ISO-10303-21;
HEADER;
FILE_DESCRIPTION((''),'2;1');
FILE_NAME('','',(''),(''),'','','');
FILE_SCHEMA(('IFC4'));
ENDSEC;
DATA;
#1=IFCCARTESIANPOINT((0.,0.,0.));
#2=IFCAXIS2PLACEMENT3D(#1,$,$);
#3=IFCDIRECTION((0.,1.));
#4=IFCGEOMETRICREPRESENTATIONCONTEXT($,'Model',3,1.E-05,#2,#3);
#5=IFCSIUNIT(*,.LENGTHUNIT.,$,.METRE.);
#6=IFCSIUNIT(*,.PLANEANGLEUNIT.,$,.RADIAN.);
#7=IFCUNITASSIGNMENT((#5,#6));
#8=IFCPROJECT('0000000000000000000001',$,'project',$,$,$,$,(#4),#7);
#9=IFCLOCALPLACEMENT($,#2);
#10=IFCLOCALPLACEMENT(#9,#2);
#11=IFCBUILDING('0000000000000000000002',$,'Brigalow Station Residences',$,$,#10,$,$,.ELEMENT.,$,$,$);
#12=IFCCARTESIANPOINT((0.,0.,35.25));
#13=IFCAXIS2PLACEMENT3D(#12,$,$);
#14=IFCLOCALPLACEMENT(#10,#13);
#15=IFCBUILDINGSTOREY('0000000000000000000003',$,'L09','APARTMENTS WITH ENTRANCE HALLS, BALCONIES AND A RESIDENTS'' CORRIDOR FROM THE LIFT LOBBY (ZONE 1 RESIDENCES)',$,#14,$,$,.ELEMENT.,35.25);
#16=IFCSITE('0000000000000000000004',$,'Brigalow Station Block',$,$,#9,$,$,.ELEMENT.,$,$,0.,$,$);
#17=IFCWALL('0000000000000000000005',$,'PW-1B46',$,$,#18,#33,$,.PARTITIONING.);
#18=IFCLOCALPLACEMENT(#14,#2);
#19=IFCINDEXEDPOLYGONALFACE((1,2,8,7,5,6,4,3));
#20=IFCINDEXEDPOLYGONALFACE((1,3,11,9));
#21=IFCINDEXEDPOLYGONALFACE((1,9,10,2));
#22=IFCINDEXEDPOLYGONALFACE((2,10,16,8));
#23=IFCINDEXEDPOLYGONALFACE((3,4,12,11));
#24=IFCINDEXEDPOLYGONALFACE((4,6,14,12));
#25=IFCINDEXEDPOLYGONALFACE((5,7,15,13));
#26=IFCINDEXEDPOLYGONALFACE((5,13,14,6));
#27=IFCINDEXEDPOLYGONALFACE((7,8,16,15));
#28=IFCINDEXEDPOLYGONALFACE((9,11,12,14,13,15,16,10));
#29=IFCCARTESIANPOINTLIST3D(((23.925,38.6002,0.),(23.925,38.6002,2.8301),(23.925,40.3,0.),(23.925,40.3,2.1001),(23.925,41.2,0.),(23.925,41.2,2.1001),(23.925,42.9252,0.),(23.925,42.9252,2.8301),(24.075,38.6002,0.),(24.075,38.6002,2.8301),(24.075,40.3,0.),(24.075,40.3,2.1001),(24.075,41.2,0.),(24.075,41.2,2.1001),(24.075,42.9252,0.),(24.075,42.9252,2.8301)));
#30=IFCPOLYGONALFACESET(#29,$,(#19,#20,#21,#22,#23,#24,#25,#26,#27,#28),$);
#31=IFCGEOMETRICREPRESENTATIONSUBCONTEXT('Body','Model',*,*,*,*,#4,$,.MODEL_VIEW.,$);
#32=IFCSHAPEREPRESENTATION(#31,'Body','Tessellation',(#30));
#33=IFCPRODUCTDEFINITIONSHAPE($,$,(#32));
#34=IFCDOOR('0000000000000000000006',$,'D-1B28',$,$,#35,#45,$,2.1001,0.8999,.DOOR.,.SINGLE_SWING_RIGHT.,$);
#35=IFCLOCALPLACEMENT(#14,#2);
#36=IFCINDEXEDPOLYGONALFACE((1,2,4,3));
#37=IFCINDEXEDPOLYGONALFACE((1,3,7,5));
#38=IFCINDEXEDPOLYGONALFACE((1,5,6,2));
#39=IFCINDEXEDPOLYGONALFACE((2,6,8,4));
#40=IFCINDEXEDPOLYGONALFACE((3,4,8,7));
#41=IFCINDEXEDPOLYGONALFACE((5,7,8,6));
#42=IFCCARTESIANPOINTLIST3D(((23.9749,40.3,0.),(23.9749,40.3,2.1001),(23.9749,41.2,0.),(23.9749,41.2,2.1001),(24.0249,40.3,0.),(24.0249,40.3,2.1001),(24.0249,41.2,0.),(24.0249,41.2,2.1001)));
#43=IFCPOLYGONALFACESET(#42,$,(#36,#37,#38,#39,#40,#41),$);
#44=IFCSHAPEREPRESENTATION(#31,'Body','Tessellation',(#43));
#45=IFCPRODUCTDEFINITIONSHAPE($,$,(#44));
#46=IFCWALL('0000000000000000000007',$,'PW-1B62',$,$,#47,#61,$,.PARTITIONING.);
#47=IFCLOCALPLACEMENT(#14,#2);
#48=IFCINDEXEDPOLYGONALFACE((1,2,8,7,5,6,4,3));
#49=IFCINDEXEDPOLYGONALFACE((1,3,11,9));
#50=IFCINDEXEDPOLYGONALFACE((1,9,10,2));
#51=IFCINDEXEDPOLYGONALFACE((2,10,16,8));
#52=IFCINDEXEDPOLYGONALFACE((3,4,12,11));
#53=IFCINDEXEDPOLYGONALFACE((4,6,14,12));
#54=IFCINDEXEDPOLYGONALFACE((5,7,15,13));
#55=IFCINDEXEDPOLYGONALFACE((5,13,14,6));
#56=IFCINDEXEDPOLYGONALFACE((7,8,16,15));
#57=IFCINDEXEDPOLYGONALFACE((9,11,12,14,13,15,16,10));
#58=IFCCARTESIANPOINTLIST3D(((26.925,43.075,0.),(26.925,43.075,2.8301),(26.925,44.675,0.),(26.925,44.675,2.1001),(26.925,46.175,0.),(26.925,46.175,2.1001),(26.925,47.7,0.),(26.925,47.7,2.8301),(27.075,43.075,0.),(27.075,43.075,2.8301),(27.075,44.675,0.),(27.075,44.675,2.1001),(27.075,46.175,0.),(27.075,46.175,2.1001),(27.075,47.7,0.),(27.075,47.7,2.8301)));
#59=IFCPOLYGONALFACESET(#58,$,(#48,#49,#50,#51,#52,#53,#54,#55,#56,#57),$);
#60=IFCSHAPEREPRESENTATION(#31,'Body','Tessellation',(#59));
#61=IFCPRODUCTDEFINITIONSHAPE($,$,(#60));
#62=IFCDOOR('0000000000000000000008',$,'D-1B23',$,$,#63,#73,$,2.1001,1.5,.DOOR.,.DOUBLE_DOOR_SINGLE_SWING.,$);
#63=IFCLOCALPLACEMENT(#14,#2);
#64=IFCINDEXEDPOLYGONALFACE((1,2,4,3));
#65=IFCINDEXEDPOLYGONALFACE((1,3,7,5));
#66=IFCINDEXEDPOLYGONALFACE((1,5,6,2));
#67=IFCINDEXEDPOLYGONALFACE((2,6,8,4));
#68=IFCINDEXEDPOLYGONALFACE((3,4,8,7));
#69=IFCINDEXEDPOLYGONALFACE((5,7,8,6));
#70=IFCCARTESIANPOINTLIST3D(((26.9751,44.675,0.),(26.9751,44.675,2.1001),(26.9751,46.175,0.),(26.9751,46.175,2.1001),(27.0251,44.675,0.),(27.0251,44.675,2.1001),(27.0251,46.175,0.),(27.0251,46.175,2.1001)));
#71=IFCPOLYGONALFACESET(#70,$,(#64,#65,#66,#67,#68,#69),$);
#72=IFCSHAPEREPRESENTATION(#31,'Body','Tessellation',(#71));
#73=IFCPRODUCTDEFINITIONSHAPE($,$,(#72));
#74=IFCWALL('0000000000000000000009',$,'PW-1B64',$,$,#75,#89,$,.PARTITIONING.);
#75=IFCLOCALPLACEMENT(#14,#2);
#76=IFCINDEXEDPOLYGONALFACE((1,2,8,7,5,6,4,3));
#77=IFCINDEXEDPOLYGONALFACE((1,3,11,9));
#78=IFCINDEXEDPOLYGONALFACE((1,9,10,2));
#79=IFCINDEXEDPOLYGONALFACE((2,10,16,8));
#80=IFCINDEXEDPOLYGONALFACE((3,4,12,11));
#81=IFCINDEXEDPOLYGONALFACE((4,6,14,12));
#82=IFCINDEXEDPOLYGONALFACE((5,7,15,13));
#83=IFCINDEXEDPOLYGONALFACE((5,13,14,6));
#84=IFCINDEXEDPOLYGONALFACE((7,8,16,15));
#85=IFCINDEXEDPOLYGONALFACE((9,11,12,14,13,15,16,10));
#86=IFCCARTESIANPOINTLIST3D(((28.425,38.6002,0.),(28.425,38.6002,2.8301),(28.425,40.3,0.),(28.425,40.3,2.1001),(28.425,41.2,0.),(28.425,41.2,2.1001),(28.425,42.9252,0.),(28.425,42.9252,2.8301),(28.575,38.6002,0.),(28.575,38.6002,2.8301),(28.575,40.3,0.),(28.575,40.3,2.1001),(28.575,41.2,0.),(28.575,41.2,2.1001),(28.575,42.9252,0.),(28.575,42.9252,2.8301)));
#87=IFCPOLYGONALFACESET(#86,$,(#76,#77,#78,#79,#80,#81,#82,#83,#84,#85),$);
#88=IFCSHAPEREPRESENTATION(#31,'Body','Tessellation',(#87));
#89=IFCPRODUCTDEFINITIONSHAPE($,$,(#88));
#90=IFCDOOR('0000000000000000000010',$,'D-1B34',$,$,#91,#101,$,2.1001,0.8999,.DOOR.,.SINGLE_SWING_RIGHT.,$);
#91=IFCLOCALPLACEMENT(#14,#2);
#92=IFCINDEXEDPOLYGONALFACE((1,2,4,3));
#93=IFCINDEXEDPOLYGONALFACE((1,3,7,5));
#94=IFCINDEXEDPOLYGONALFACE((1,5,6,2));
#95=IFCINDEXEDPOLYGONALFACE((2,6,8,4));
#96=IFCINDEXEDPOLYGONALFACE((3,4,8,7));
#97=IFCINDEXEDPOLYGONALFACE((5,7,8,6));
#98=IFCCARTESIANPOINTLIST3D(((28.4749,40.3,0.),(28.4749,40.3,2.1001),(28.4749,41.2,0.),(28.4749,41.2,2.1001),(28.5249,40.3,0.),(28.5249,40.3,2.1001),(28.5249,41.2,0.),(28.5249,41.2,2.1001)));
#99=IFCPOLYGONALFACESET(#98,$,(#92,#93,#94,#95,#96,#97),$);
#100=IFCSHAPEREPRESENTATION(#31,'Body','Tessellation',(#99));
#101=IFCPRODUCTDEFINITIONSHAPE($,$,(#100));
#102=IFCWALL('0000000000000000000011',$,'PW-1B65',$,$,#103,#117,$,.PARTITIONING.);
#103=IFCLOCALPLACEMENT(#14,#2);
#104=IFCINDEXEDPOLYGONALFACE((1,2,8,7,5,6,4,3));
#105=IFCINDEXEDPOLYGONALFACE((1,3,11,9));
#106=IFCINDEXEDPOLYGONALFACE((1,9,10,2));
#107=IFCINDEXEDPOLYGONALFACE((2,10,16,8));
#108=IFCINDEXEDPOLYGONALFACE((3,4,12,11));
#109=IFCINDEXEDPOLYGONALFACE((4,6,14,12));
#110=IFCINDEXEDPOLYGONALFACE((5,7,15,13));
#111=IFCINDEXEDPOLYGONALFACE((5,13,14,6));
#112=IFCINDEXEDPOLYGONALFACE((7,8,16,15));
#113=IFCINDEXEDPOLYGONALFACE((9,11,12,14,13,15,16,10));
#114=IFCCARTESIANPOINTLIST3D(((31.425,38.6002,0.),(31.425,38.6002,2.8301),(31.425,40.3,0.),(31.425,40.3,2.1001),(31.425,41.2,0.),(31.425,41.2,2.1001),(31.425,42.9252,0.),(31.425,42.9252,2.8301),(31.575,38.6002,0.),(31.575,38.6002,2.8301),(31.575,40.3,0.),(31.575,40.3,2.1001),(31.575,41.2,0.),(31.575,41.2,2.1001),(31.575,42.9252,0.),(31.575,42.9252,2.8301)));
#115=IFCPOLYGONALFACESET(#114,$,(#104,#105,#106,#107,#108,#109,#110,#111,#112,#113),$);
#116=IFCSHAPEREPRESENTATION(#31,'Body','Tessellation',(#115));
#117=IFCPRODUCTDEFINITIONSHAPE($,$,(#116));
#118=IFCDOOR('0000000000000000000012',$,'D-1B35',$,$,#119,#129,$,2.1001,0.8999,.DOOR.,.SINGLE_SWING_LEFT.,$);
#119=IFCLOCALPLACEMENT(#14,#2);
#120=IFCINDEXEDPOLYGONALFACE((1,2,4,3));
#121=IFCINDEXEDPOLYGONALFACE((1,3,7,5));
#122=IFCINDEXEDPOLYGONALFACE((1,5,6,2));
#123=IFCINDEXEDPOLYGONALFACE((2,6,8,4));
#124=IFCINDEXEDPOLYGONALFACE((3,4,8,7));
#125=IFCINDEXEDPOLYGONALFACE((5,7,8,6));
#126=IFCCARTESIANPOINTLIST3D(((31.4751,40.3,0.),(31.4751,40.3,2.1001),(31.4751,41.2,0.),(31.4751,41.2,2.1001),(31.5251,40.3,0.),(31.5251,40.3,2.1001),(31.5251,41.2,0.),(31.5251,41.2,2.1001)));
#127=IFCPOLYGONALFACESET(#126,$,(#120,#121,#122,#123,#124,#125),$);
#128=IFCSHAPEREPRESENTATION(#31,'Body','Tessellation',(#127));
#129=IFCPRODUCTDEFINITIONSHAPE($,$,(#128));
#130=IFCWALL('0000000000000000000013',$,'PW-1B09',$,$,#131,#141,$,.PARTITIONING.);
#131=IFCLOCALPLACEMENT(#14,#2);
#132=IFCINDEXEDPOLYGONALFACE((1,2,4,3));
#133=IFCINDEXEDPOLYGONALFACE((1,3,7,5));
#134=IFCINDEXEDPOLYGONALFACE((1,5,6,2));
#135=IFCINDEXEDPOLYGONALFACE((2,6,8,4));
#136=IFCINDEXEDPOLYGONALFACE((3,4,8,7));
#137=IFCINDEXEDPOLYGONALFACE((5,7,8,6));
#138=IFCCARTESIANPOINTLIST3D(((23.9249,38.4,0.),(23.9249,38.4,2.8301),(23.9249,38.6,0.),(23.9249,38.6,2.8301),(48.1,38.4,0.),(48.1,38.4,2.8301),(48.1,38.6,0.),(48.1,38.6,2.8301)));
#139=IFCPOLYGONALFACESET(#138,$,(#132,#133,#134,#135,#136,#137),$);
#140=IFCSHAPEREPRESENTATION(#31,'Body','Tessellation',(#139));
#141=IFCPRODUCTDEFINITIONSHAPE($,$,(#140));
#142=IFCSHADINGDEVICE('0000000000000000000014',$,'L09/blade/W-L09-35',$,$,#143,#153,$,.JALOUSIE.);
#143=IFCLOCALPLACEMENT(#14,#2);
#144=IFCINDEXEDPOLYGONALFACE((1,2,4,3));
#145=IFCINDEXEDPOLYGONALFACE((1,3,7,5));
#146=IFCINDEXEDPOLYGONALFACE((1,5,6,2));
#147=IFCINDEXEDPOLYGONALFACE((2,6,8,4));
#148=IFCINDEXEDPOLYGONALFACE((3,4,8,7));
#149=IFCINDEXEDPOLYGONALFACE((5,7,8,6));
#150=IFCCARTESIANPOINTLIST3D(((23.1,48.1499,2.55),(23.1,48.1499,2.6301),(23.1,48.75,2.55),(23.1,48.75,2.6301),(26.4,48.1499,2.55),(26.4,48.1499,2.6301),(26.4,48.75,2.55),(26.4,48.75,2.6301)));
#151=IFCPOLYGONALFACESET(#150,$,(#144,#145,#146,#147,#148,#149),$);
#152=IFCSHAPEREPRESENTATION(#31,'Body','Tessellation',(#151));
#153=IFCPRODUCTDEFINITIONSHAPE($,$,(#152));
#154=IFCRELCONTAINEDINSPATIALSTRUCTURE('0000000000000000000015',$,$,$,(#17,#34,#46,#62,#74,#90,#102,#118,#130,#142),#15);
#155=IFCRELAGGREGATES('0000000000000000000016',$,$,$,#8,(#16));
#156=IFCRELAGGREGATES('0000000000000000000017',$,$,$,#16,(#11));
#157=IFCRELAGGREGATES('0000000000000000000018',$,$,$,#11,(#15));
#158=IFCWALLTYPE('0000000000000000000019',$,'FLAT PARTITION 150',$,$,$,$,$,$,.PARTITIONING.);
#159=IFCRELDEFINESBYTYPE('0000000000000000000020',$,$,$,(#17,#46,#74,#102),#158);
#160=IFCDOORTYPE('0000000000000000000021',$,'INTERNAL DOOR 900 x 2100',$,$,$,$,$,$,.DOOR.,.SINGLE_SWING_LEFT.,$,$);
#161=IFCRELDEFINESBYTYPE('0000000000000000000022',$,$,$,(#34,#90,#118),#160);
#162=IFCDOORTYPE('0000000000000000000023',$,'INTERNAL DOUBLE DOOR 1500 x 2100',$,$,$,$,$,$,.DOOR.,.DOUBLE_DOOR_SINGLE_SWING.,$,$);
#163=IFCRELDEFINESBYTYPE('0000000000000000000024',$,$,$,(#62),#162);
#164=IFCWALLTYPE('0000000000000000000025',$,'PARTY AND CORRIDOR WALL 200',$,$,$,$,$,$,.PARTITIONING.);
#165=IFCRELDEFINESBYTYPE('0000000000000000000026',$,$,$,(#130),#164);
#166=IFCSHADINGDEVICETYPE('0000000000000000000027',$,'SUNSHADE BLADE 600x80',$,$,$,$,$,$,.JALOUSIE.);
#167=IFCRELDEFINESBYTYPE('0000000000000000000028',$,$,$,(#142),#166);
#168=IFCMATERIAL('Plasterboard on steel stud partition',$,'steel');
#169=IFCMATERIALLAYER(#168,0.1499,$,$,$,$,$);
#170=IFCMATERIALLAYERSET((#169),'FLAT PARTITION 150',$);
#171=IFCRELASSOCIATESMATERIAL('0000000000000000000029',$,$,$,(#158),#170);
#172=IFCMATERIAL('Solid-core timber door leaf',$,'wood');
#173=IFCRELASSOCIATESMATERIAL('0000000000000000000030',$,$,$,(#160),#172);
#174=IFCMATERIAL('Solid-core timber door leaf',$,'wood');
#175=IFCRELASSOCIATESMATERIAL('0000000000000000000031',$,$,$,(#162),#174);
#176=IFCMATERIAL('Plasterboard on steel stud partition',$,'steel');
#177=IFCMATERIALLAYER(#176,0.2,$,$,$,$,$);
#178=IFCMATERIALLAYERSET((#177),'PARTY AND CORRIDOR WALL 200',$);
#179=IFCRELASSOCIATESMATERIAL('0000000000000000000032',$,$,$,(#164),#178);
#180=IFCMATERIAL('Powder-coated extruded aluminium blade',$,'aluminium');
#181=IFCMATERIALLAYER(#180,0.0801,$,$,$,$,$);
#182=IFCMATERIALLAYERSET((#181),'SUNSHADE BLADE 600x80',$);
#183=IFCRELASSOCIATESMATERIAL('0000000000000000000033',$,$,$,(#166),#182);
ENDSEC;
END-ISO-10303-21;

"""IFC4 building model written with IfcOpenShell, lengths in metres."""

from ifc_helpers import new_model, si_unit, direction, frame, frame_2d, origin, origin_2d, place, context, subcontext, project, spatial, rectangle, extrude, material, layer, layer_set, type_object, element, fill, save


model = new_model("IFC4")

# Units and contexts
model_context = context("Model", 3, precision=1e-05, world=origin(), true_north=direction((0.0, 1.0)))
body_context = subcontext(model_context, "Body", "Model", "MODEL_VIEW")
ifc_project = project(units=[si_unit("LENGTHUNIT", "METRE"), si_unit("PLANEANGLEUNIT", "RADIAN")], contexts=[model_context])

# Site, building, storey
site_placement = place(None, origin())
site = spatial("IfcSite", under=ifc_project, at=site_placement, Name="Brigalow Station Block", CompositionType="ELEMENT", RefElevation=0.0)
building_placement = place(site_placement, origin())
building = spatial("IfcBuilding", under=site, at=building_placement, Name="Brigalow Station Residences", CompositionType="ELEMENT")
storey_placement = place(building_placement, frame((0.0, 0.0, 35.25)))
storey = spatial("IfcBuildingStorey", under=building, at=storey_placement, Name="L09", Description="APARTMENTS WITH ENTRANCE HALLS, BALCONIES AND A RESIDENTS' CORRIDOR FROM THE LIFT LOBBY (ZONE 1 RESIDENCES)", CompositionType="ELEMENT", Elevation=35.25)

# Walls, openings, doors
ifc_material_1 = material(Name="Plasterboard on steel stud partition", Category="steel")
ifc_layer_1 = layer(ifc_material_1, 0.1499)
ifc_layer_set_1 = layer_set([ifc_layer_1], Name="FLAT PARTITION 150")
wall_type_1 = type_object("IfcWallType", Name="FLAT PARTITION 150", PredefinedType="PARTITIONING", material=ifc_layer_set_1)
wall_1_placement = place(storey_placement, frame((24.0, 38.6001, 0.0), z_axis=(0.0, 0.0, 1.0), x_axis=(0.0, 1.0, 0.0)))
wall_1 = element("IfcWall", 1, at=wall_1_placement, inside=storey, type_object=wall_type_1, Name="PW-1B46", PredefinedType="PARTITIONING", context=body_context, shape_type="SweptSolid", body=[
    extrude(rectangle(XDim=4.325, YDim=0.1499, at=frame_2d((2.1626, 0.0))), origin(), (0.0, 0.0, 1.0), 2.8301),
])
opening_1_placement = place(wall_1_placement, frame((1.7, 0.0, 0.0)))
opening_1 = element("IfcOpeningElement", 2, at=opening_1_placement, cuts=wall_1, PredefinedType="OPENING", context=body_context, shape_type="SweptSolid", body=[
    extrude(rectangle(XDim=0.8999, YDim=2.1001, at=frame_2d((0.45, 1.05))), frame((0.0, 0.085, 0.0), z_axis=(0.0, -1.0, 0.0), x_axis=(1.0, 0.0, 0.0)), (0.0, 0.0, 1.0), 0.1699),
])
ifc_material_2 = material(Name="Solid-core timber door leaf", Category="wood")
door_type_1 = type_object("IfcDoorType", Name="INTERNAL DOOR 900 x 2100", OperationType="SINGLE_SWING_LEFT", PredefinedType="DOOR", material=ifc_material_2)
door_1_placement = place(opening_1_placement, frame((0.8999, 0.0, 0.0), z_axis=(0.0, 0.0, 1.0), x_axis=(-1.0, 0.0, 0.0)))
door_1 = element("IfcDoor", 3, at=door_1_placement, inside=storey, type_object=door_type_1, Name="D-1B28", OperationType="SINGLE_SWING_RIGHT", OverallHeight=2.1001, OverallWidth=0.8999, PredefinedType="DOOR", context=body_context, shape_type="SweptSolid", body=[
    extrude(rectangle(XDim=0.8999, YDim=2.1001, at=frame_2d((0.45, 1.05))), frame((0.0, 0.0249, 0.0), z_axis=(0.0, -1.0, 0.0), x_axis=(1.0, 0.0, 0.0)), (0.0, 0.0, 1.0), 0.05),
])
fill(opening_1, door_1)
wall_2_placement = place(storey_placement, frame((27.0, 43.075, 0.0), z_axis=(0.0, 0.0, 1.0), x_axis=(0.0, 1.0, 0.0)))
wall_2 = element("IfcWall", 4, at=wall_2_placement, inside=storey, type_object=wall_type_1, Name="PW-1B62", PredefinedType="PARTITIONING", context=body_context, shape_type="SweptSolid", body=[
    extrude(rectangle(XDim=4.625, YDim=0.1499, at=frame_2d((2.3125, 0.0))), origin(), (0.0, 0.0, 1.0), 2.8301),
])
opening_2_placement = place(wall_2_placement, frame((1.6001, 0.0, 0.0)))
opening_2 = element("IfcOpeningElement", 5, at=opening_2_placement, cuts=wall_2, PredefinedType="OPENING", context=body_context, shape_type="SweptSolid", body=[
    extrude(rectangle(XDim=1.5, YDim=2.1001, at=frame_2d((0.75, 1.05))), frame((0.0, 0.085, 0.0), z_axis=(0.0, -1.0, 0.0), x_axis=(1.0, 0.0, 0.0)), (0.0, 0.0, 1.0), 0.1699),
])
ifc_material_3 = material(Name="Solid-core timber door leaf", Category="wood")
door_type_2 = type_object("IfcDoorType", Name="INTERNAL DOUBLE DOOR 1500 x 2100", OperationType="DOUBLE_DOOR_SINGLE_SWING", PredefinedType="DOOR", material=ifc_material_3)
door_2_placement = place(opening_2_placement, origin())
door_2 = element("IfcDoor", 6, at=door_2_placement, inside=storey, type_object=door_type_2, Name="D-1B23", OperationType="DOUBLE_DOOR_SINGLE_SWING", OverallHeight=2.1001, OverallWidth=1.5, PredefinedType="DOOR", context=body_context, shape_type="SweptSolid", body=[
    extrude(rectangle(XDim=1.5, YDim=2.1001, at=frame_2d((0.75, 1.05))), frame((0.0, 0.0249, 0.0), z_axis=(0.0, -1.0, 0.0), x_axis=(1.0, 0.0, 0.0)), (0.0, 0.0, 1.0), 0.05),
])
fill(opening_2, door_2)
wall_3_placement = place(storey_placement, frame((28.5, 38.6001, 0.0), z_axis=(0.0, 0.0, 1.0), x_axis=(0.0, 1.0, 0.0)))
wall_3 = element("IfcWall", 7, at=wall_3_placement, inside=storey, type_object=wall_type_1, Name="PW-1B64", PredefinedType="PARTITIONING", context=body_context, shape_type="SweptSolid", body=[
    extrude(rectangle(XDim=4.325, YDim=0.1499, at=frame_2d((2.1626, 0.0))), origin(), (0.0, 0.0, 1.0), 2.8301),
])
opening_3_placement = place(wall_3_placement, frame((1.7, 0.0, 0.0)))
opening_3 = element("IfcOpeningElement", 8, at=opening_3_placement, cuts=wall_3, PredefinedType="OPENING", context=body_context, shape_type="SweptSolid", body=[
    extrude(rectangle(XDim=0.8999, YDim=2.1001, at=frame_2d((0.45, 1.05))), frame((0.0, 0.085, 0.0), z_axis=(0.0, -1.0, 0.0), x_axis=(1.0, 0.0, 0.0)), (0.0, 0.0, 1.0), 0.1699),
])
door_3_placement = place(opening_3_placement, frame((0.8999, 0.0, 0.0), z_axis=(0.0, 0.0, 1.0), x_axis=(-1.0, 0.0, 0.0)))
door_3 = element("IfcDoor", 9, at=door_3_placement, inside=storey, type_object=door_type_1, Name="D-1B34", OperationType="SINGLE_SWING_RIGHT", OverallHeight=2.1001, OverallWidth=0.8999, PredefinedType="DOOR", context=body_context, shape_type="SweptSolid", body=[
    extrude(rectangle(XDim=0.8999, YDim=2.1001, at=frame_2d((0.45, 1.05))), frame((0.0, 0.0249, 0.0), z_axis=(0.0, -1.0, 0.0), x_axis=(1.0, 0.0, 0.0)), (0.0, 0.0, 1.0), 0.05),
])
fill(opening_3, door_3)
wall_4_placement = place(storey_placement, frame((31.5, 38.6001, 0.0), z_axis=(0.0, 0.0, 1.0), x_axis=(0.0, 1.0, 0.0)))
wall_4 = element("IfcWall", 10, at=wall_4_placement, inside=storey, type_object=wall_type_1, Name="PW-1B65", PredefinedType="PARTITIONING", context=body_context, shape_type="SweptSolid", body=[
    extrude(rectangle(XDim=4.325, YDim=0.1499, at=frame_2d((2.1626, 0.0))), origin(), (0.0, 0.0, 1.0), 2.8301),
])
opening_4_placement = place(wall_4_placement, frame((1.7, 0.0, 0.0)))
opening_4 = element("IfcOpeningElement", 11, at=opening_4_placement, cuts=wall_4, PredefinedType="OPENING", context=body_context, shape_type="SweptSolid", body=[
    extrude(rectangle(XDim=0.8999, YDim=2.1001, at=frame_2d((0.45, 1.05))), frame((0.0, 0.085, 0.0), z_axis=(0.0, -1.0, 0.0), x_axis=(1.0, 0.0, 0.0)), (0.0, 0.0, 1.0), 0.1699),
])
door_4_placement = place(opening_4_placement, origin())
door_4 = element("IfcDoor", 12, at=door_4_placement, inside=storey, type_object=door_type_1, Name="D-1B35", OperationType="SINGLE_SWING_LEFT", OverallHeight=2.1001, OverallWidth=0.8999, PredefinedType="DOOR", context=body_context, shape_type="SweptSolid", body=[
    extrude(rectangle(XDim=0.8999, YDim=2.1001, at=frame_2d((0.45, 1.05))), frame((0.0, 0.0249, 0.0), z_axis=(0.0, -1.0, 0.0), x_axis=(1.0, 0.0, 0.0)), (0.0, 0.0, 1.0), 0.05),
])
fill(opening_4, door_4)

# Wall
ifc_material_4 = material(Name="Plasterboard on steel stud partition", Category="steel")
ifc_layer_2 = layer(ifc_material_4, 0.2)
ifc_layer_set_2 = layer_set([ifc_layer_2], Name="PARTY AND CORRIDOR WALL 200")
wall_type_2 = type_object("IfcWallType", Name="PARTY AND CORRIDOR WALL 200", PredefinedType="PARTITIONING", material=ifc_layer_set_2)
wall_5_placement = place(storey_placement, frame((23.925, 38.5, 0.0), z_axis=(0.0, 0.0, 1.0), x_axis=(1.0, 0.0, 0.0)))
element("IfcWall", 13, at=wall_5_placement, inside=storey, type_object=wall_type_2, Name="PW-1B09", PredefinedType="PARTITIONING", context=body_context, shape_type="SweptSolid", body=[
    extrude(rectangle(XDim=24.175, YDim=0.2, at=frame_2d((12.0874, 0.0))), origin(), (0.0, 0.0, 1.0), 2.8301),
])

# Shading device
ifc_material_5 = material(Name="Powder-coated extruded aluminium blade", Category="aluminium")
ifc_layer_3 = layer(ifc_material_5, 0.0801)
ifc_layer_set_3 = layer_set([ifc_layer_3], Name="SUNSHADE BLADE 600x80")
shading_device_type = type_object("IfcShadingDeviceType", Name="SUNSHADE BLADE 600x80", PredefinedType="JALOUSIE", material=ifc_layer_set_3)
shading_device_placement = place(storey_placement, frame((24.75, 48.45, 2.55), z_axis=(0.0, 0.0, 1.0), x_axis=(-1.0, 0.0, 0.0)))
element("IfcShadingDevice", 14, at=shading_device_placement, inside=storey, type_object=shading_device_type, Name="L09/blade/W-L09-35", PredefinedType="JALOUSIE", context=body_context, shape_type="SweptSolid", body=[
    extrude(rectangle(XDim=3.3, YDim=0.6001, at=origin_2d()), origin(), (0.0, 0.0, 1.0), 0.0801),
])

save(model, "model.ifc")
